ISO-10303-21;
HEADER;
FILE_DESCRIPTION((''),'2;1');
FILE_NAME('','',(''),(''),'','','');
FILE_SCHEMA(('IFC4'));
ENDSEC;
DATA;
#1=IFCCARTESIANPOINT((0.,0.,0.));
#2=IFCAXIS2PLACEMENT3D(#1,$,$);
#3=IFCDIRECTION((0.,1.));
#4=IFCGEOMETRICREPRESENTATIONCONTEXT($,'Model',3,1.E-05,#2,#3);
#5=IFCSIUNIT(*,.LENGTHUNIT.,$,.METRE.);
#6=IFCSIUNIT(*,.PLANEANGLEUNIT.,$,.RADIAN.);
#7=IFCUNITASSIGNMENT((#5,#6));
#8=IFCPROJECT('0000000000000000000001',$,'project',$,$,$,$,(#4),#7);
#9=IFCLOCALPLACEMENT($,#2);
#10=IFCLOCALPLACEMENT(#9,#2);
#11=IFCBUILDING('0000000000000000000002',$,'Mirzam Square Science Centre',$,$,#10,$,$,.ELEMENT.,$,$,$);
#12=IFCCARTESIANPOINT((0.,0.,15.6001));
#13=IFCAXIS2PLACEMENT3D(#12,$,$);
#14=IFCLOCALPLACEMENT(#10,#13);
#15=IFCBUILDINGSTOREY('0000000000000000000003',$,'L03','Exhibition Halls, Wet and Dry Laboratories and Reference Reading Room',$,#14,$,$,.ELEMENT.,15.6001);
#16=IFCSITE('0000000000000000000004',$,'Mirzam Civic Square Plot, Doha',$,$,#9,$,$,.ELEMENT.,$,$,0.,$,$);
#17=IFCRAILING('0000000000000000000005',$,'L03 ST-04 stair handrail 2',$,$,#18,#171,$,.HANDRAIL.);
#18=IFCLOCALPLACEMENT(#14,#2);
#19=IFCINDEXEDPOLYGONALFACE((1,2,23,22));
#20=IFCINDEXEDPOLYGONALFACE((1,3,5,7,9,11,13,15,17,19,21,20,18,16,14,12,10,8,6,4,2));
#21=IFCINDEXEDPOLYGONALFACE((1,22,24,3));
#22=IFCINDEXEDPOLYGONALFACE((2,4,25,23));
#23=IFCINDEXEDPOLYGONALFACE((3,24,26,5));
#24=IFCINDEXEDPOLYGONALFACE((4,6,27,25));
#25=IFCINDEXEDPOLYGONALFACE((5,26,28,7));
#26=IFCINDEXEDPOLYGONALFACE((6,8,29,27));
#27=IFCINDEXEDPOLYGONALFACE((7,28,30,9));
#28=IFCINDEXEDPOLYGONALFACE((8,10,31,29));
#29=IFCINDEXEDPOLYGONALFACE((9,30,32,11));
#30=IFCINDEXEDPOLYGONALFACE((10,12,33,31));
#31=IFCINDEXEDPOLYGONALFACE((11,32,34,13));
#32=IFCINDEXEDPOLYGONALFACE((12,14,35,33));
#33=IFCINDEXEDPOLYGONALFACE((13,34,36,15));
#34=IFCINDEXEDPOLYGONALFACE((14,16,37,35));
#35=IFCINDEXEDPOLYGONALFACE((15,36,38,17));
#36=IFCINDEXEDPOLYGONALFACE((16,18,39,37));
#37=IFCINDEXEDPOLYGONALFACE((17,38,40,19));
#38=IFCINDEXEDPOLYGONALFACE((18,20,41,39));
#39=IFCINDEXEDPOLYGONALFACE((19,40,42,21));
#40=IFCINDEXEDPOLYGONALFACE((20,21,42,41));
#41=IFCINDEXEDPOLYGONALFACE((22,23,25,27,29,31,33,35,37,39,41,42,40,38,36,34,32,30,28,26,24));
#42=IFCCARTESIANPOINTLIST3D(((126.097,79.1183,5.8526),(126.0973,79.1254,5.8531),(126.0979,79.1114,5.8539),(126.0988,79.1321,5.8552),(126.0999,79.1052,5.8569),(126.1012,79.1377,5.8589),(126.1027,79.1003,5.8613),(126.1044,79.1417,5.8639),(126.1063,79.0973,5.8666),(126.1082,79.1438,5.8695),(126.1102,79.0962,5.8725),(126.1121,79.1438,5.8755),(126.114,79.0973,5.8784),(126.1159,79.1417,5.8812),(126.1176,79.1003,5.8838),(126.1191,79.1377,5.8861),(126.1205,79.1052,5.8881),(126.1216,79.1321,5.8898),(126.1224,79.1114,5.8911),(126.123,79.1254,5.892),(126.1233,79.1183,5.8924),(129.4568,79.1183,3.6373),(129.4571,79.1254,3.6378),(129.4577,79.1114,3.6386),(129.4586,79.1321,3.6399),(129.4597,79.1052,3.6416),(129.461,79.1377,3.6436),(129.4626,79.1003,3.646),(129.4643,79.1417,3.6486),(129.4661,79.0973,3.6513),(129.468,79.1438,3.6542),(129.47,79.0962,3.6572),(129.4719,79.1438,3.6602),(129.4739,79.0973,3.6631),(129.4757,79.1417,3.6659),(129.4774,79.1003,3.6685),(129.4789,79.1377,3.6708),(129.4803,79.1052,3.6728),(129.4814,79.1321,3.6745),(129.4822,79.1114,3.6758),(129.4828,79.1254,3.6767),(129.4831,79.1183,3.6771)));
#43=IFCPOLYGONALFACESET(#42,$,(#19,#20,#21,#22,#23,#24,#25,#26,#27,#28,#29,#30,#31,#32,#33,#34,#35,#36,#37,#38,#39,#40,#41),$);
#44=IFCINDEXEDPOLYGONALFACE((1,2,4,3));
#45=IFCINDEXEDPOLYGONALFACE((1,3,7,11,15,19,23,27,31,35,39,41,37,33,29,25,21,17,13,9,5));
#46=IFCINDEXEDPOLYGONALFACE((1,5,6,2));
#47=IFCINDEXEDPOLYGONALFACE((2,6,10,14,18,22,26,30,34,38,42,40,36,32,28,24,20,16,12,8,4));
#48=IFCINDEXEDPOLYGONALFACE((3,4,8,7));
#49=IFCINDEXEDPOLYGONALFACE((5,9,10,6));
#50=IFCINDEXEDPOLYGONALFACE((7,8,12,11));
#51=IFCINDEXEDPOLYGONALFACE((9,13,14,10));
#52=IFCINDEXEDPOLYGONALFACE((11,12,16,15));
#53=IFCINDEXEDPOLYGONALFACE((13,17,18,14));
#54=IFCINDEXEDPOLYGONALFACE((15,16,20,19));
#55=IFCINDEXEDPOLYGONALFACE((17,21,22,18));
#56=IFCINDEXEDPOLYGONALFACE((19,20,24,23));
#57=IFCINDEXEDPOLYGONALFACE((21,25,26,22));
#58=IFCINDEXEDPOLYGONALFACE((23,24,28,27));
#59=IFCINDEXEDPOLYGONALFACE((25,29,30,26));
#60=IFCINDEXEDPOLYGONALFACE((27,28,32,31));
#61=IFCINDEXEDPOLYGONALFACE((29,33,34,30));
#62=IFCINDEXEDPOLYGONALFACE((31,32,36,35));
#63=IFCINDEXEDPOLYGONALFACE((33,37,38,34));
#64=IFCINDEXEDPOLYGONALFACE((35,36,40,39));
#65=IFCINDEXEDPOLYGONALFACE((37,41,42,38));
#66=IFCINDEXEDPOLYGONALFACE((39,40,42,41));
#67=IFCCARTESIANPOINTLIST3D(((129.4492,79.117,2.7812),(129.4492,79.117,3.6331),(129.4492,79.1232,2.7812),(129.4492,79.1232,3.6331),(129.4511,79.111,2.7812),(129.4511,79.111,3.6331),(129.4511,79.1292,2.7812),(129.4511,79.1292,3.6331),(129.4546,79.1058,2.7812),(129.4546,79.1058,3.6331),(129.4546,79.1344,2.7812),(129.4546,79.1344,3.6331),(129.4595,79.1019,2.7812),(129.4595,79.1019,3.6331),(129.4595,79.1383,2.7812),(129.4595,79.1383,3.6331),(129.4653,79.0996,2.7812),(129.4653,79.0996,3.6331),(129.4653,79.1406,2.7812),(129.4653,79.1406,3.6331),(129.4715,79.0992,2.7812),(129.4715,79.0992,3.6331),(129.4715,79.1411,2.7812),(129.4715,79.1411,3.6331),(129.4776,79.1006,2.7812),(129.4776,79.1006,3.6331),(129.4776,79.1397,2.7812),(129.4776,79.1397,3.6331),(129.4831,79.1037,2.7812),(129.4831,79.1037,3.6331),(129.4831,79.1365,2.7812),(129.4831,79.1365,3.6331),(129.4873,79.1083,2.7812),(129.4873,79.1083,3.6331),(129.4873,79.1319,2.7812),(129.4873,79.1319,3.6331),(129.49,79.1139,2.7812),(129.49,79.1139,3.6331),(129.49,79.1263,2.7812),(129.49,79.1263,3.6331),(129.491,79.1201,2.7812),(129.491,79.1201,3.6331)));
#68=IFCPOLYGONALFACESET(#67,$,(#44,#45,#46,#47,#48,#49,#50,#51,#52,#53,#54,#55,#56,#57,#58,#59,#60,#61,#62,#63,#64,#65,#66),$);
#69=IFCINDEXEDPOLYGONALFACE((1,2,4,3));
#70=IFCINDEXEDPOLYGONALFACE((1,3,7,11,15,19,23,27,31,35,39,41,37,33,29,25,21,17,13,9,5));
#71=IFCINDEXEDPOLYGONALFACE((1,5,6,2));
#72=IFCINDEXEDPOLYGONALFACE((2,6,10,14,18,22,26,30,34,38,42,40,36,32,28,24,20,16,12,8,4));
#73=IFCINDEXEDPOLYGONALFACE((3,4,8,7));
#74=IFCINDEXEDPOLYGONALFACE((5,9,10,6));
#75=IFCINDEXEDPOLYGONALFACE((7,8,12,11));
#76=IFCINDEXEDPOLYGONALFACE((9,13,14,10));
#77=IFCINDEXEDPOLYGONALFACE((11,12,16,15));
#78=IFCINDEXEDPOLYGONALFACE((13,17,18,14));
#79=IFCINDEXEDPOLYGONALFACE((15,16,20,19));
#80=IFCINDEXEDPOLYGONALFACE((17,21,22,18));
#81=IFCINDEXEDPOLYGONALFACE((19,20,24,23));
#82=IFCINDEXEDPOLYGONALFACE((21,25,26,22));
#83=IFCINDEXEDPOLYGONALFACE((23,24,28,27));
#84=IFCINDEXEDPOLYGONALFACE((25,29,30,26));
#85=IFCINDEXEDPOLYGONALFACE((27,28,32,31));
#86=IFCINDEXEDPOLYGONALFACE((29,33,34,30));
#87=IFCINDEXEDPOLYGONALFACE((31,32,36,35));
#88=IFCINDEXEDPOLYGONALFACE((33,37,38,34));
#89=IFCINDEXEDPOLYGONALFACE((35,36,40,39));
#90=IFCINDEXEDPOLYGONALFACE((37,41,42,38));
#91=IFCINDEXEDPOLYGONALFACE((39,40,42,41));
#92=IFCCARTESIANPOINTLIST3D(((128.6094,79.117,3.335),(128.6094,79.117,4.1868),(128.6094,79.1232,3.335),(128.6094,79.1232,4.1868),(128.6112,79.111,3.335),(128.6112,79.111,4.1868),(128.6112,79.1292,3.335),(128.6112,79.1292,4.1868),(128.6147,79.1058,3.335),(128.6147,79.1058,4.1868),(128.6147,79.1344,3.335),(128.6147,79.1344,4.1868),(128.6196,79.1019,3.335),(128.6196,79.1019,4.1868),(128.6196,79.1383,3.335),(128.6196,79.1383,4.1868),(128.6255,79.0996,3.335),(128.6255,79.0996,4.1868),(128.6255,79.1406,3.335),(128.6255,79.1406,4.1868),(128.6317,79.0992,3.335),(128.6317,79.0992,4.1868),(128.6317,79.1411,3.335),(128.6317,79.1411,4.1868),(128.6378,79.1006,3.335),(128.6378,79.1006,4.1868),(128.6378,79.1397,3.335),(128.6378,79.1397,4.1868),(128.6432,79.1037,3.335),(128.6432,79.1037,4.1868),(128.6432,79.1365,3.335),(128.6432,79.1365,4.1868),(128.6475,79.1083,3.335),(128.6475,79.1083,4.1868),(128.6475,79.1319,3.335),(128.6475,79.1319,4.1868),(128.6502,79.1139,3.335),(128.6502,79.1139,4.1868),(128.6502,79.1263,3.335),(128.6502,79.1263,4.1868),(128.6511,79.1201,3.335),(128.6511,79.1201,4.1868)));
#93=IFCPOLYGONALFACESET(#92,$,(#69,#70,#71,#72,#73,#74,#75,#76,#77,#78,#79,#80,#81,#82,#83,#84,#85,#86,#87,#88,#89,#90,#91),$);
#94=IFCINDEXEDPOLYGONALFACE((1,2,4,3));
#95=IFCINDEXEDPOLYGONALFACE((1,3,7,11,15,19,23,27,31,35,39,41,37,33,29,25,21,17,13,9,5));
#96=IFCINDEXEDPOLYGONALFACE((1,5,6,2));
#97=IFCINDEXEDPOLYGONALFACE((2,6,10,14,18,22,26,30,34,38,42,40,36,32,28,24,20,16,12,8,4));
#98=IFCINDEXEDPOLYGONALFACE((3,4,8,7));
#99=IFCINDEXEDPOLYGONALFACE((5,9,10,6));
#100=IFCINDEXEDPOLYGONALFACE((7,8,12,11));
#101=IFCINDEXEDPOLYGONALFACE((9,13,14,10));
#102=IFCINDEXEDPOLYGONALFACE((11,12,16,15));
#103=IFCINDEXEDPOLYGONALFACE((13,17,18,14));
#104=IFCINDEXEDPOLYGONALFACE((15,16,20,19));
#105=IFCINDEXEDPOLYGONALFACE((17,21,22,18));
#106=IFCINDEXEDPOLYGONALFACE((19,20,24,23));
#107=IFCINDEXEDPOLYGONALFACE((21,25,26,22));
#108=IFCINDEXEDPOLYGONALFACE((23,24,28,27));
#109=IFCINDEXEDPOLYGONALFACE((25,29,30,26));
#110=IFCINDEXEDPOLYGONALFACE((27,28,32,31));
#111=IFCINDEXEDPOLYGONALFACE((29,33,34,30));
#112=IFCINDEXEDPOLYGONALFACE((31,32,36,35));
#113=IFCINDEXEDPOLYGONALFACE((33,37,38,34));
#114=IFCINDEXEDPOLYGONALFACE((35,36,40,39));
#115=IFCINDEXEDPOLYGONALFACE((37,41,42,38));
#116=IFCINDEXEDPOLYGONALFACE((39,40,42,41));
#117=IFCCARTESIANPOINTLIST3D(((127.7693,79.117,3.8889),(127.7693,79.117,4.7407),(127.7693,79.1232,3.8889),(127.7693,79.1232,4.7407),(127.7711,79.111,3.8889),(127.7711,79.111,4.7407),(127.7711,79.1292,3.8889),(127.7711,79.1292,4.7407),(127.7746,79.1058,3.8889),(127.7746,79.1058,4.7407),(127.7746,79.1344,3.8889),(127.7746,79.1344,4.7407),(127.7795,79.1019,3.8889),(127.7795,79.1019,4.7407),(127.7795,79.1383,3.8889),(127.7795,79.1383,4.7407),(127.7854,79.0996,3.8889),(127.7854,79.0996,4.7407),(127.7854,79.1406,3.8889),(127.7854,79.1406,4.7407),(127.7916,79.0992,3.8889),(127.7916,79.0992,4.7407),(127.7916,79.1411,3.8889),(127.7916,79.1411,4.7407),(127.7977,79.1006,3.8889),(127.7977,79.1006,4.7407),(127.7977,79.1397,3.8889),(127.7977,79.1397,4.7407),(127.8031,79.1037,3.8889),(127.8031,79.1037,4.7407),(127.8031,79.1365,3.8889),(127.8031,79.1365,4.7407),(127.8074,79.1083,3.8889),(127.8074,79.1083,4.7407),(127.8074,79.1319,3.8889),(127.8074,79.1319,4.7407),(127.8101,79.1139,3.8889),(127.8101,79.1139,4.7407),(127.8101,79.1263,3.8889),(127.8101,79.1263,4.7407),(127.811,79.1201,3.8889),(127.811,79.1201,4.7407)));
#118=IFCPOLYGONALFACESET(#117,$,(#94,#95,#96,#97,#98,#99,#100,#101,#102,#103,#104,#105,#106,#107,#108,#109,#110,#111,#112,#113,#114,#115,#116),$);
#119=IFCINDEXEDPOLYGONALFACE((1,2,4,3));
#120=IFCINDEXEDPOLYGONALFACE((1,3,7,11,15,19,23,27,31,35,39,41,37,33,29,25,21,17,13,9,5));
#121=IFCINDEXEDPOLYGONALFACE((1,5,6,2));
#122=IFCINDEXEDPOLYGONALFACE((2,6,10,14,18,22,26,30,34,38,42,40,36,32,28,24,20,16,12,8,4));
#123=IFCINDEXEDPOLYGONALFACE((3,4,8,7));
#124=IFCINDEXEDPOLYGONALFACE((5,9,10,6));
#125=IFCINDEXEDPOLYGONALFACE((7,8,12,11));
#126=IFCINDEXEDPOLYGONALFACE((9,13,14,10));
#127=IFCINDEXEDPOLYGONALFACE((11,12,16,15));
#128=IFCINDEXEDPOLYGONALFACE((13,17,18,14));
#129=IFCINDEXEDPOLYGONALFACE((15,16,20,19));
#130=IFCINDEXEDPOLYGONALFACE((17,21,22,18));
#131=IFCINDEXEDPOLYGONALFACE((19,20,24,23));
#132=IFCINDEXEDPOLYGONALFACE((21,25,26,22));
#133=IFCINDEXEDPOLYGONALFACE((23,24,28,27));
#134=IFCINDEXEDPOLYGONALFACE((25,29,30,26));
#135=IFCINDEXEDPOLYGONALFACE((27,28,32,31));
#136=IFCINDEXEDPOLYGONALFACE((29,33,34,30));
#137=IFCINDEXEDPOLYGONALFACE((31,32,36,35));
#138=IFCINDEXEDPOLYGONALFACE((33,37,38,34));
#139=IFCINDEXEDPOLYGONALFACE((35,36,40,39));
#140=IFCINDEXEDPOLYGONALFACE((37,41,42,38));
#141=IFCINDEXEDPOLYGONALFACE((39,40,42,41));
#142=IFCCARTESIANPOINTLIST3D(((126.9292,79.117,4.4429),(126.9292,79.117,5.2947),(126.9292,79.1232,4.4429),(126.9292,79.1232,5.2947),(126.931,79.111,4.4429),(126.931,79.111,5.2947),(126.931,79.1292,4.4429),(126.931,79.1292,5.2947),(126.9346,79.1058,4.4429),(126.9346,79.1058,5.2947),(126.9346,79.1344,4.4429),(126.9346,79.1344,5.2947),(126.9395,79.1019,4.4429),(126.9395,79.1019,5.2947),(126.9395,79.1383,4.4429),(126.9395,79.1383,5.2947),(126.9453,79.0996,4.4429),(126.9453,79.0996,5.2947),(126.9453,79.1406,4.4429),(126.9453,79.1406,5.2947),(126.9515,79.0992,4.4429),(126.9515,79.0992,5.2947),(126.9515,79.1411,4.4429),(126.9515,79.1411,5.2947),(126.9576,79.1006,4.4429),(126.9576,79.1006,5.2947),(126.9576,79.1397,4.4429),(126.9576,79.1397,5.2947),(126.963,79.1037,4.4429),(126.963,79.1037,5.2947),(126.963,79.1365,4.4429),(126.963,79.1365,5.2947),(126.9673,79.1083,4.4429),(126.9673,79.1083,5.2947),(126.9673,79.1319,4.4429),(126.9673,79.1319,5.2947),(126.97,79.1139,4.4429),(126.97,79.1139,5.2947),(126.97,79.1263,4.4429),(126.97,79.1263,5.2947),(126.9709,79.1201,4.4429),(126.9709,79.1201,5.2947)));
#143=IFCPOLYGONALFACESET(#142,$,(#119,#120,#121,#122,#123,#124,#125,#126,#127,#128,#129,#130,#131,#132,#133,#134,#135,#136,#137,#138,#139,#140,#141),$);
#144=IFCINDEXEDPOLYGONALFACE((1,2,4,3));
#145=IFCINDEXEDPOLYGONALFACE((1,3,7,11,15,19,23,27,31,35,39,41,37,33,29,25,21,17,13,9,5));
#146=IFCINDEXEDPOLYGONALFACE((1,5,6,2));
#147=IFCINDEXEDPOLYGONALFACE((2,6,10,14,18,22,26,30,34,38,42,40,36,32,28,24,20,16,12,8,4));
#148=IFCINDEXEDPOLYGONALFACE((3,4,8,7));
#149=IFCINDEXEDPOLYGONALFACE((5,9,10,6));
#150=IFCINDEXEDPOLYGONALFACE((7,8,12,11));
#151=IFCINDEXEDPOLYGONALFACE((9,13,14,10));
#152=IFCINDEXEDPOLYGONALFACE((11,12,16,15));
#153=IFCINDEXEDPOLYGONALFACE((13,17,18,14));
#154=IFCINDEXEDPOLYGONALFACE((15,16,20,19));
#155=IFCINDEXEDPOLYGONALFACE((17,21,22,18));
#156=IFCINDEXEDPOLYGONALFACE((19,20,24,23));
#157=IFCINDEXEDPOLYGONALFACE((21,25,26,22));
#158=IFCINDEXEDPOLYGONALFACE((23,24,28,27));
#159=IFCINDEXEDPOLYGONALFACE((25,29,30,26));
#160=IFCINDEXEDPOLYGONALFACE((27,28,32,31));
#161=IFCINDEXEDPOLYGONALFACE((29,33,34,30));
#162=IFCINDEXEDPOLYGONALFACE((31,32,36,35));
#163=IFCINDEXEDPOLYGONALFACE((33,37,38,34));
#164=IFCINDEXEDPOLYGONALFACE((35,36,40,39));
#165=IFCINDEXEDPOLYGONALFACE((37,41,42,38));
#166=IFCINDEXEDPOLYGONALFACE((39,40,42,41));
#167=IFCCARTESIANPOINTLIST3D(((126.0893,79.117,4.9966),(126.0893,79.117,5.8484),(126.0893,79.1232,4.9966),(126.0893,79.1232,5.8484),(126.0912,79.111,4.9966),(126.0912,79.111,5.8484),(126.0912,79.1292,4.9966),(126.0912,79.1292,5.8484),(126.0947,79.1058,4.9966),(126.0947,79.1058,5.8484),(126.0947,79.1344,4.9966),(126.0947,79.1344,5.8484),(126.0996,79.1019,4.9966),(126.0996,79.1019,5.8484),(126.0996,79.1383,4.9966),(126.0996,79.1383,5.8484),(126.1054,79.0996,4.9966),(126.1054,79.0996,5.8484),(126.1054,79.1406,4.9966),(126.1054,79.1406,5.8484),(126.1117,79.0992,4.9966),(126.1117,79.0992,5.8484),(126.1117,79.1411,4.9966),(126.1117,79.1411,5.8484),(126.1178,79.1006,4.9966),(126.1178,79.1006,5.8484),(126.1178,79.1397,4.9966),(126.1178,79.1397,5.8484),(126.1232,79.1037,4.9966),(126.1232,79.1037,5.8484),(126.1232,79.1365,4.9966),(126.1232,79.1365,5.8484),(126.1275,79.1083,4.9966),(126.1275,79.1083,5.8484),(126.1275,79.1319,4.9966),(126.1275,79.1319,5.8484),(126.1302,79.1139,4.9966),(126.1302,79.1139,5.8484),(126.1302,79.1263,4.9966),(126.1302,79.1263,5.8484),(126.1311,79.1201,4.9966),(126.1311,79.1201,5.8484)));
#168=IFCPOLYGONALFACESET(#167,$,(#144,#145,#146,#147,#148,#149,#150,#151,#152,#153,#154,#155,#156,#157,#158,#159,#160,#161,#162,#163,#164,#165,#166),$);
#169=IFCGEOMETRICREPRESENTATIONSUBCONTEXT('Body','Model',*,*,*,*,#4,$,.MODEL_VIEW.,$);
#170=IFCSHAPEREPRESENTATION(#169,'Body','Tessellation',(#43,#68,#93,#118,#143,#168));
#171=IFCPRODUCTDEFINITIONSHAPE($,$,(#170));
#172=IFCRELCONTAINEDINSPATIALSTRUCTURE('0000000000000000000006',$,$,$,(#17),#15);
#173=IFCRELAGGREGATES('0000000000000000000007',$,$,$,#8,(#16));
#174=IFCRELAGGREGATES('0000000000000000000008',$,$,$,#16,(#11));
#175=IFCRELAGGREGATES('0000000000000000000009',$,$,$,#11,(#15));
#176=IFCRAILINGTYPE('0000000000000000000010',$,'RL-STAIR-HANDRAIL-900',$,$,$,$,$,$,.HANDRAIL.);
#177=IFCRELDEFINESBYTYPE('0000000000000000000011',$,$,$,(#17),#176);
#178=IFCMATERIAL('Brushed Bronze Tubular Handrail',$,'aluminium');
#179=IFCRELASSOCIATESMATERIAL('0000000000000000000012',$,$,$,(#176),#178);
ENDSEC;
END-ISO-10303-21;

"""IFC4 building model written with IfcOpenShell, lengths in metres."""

from ifc_helpers import new_model, si_unit, direction, frame, origin, origin_2d, place, context, subcontext, project, spatial, circle, extrude, material, type_object, element, save


model = new_model("IFC4")

# Units and contexts
model_context = context("Model", 3, precision=1e-05, world=origin(), true_north=direction((0.0, 1.0)))
body_context = subcontext(model_context, "Body", "Model", "MODEL_VIEW")
ifc_project = project(units=[si_unit("LENGTHUNIT", "METRE"), si_unit("PLANEANGLEUNIT", "RADIAN")], contexts=[model_context])

# Site, building, storey
site_placement = place(None, origin())
site = spatial("IfcSite", under=ifc_project, at=site_placement, Name="Mirzam Civic Square Plot, Doha", CompositionType="ELEMENT", RefElevation=0.0)
building_placement = place(site_placement, origin())
building = spatial("IfcBuilding", under=site, at=building_placement, Name="Mirzam Square Science Centre", CompositionType="ELEMENT")
storey_placement = place(building_placement, frame((0.0, 0.0, 15.6001)))
storey = spatial("IfcBuildingStorey", under=building, at=storey_placement, Name="L03", Description="Exhibition Halls, Wet and Dry Laboratories and Reference Reading Room", CompositionType="ELEMENT", Elevation=15.6001)

# Railing
ifc_material_1 = material(Name="Brushed Bronze Tubular Handrail", Category="aluminium")
railing_type_1 = type_object("IfcRailingType", Name="RL-STAIR-HANDRAIL-900", PredefinedType="HANDRAIL", material=ifc_material_1)
railing_1_placement = place(storey_placement, frame((129.47, 79.1201, 2.7812)))
element("IfcRailing", 1, at=railing_1_placement, inside=storey, type_object=railing_type_1, Name="L03 ST-04 stair handrail 2", PredefinedType="HANDRAIL", context=body_context, shape_type="SweptSolid", body=[
    extrude(circle(Radius=0.0239, at=origin_2d()), frame((0.0, 0.0, 0.876), z_axis=(-0.834858, 0.0, 0.550465), x_axis=(0.0, -1.0, 0.0)), (0.0, 0.0, 1.0), 4.0244),
    extrude(circle(Radius=0.021, at=origin_2d()), origin(), (0.0, 0.0, 1.0), 0.8518),
    extrude(circle(Radius=0.021, at=origin_2d()), frame((-0.8398, 0.0, 0.5537)), (0.0, 0.0, 1.0), 0.8518),
    extrude(circle(Radius=0.021, at=origin_2d()), frame((-1.6799, 0.0, 1.1077)), (0.0, 0.0, 1.0), 0.8518),
    extrude(circle(Radius=0.021, at=origin_2d()), frame((-2.52, 0.0, 1.6616)), (0.0, 0.0, 1.0), 0.8518),
    extrude(circle(Radius=0.021, at=origin_2d()), frame((-3.3599, 0.0, 2.2153)), (0.0, 0.0, 1.0), 0.8518),
])

save(model, "model.ifc")
